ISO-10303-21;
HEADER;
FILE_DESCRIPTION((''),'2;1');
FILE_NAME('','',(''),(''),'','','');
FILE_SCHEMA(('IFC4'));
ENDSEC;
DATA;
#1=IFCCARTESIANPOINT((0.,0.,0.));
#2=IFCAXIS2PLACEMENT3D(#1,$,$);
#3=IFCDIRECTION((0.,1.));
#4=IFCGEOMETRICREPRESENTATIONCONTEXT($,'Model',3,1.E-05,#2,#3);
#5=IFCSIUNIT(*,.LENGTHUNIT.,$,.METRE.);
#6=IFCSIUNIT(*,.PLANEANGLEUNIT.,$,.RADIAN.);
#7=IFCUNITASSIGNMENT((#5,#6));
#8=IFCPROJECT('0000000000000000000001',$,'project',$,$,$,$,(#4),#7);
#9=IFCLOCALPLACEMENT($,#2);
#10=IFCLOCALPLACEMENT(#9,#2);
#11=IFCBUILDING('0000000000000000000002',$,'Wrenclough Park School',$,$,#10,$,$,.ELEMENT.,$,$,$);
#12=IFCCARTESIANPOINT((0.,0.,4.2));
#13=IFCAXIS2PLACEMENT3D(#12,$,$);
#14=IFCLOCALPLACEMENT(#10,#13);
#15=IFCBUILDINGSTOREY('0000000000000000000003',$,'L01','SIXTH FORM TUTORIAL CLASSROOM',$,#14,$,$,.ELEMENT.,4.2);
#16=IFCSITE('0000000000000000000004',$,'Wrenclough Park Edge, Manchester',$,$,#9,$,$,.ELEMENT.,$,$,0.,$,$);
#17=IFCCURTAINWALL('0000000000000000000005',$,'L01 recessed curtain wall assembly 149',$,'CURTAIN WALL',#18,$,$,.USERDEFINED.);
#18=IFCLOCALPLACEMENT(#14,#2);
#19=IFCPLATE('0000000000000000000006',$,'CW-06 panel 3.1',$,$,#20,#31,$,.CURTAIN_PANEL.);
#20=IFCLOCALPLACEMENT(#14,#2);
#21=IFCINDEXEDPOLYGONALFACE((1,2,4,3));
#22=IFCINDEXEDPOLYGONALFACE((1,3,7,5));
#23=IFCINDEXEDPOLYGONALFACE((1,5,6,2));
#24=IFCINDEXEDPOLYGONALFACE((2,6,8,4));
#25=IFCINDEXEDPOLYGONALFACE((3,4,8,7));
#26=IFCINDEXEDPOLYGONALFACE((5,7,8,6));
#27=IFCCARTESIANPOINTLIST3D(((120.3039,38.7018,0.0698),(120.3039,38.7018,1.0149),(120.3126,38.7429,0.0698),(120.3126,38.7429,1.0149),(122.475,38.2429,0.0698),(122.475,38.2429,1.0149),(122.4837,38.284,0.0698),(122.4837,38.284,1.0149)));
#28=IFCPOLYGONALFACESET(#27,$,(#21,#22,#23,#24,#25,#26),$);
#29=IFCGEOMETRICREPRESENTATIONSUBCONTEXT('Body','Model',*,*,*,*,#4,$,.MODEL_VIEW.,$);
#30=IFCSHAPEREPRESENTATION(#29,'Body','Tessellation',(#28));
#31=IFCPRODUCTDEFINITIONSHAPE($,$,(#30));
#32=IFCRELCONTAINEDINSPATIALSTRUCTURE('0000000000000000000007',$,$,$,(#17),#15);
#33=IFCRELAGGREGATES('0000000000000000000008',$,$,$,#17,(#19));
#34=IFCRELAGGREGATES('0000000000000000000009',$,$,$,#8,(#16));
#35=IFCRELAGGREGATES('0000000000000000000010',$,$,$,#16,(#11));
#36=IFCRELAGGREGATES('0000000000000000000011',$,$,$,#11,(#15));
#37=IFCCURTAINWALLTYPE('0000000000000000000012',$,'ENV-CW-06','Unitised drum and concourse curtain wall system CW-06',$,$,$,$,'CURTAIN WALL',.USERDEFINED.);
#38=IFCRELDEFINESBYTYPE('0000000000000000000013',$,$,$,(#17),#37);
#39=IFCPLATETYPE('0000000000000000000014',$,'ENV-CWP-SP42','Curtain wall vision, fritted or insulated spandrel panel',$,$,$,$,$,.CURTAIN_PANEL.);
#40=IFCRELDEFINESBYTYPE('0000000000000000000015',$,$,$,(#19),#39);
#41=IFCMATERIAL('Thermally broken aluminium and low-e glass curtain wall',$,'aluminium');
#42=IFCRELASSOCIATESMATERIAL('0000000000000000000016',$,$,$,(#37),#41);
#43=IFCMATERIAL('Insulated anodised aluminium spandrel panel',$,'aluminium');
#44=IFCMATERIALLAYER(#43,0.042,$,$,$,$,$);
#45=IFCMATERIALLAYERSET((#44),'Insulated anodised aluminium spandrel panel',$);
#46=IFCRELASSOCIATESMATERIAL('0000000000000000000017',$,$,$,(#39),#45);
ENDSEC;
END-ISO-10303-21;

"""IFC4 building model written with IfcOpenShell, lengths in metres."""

from ifc_helpers import new_model, si_unit, direction, frame, origin, origin_2d, place, context, subcontext, project, spatial, rectangle, extrude, material, layer, layer_set, type_object, element, aggregate, save


model = new_model("IFC4")

# Units and contexts
model_context = context("Model", 3, precision=1e-05, world=origin(), true_north=direction((0.0, 1.0)))
body_context = subcontext(model_context, "Body", "Model", "MODEL_VIEW")
ifc_project = project(units=[si_unit("LENGTHUNIT", "METRE"), si_unit("PLANEANGLEUNIT", "RADIAN")], contexts=[model_context])

# Site, building, storey
site_placement = place(None, origin())
site = spatial("IfcSite", under=ifc_project, at=site_placement, Name="Wrenclough Park Edge, Manchester", CompositionType="ELEMENT", RefElevation=0.0)
building_placement = place(site_placement, origin())
building = spatial("IfcBuilding", under=site, at=building_placement, Name="Wrenclough Park School", CompositionType="ELEMENT")
storey_placement = place(building_placement, frame((0.0, 0.0, 4.2)))
storey = spatial("IfcBuildingStorey", under=building, at=storey_placement, Name="L01", Description="SIXTH FORM TUTORIAL CLASSROOM", CompositionType="ELEMENT", Elevation=4.2)

# Shared definitions
ifc_material_1 = material(Name="Thermally broken aluminium and low-e glass curtain wall", Category="aluminium")

# Curtain wall
curtain_wall_type_1 = type_object("IfcCurtainWallType", Name="ENV-CW-06", Description="Unitised drum and concourse curtain wall system CW-06", ElementType="CURTAIN WALL", PredefinedType="USERDEFINED", material=ifc_material_1)
curtain_wall_1_placement = place(storey_placement, origin())
curtain_wall_1 = element("IfcCurtainWall", 1, at=curtain_wall_1_placement, inside=storey, type_object=curtain_wall_type_1, Name="L01 recessed curtain wall assembly 149", ObjectType="CURTAIN WALL", PredefinedType="USERDEFINED")

# Plate
ifc_material_2 = material(Name="Insulated anodised aluminium spandrel panel", Category="aluminium")
ifc_layer_1 = layer(ifc_material_2, 0.042)
ifc_layer_set_1 = layer_set([ifc_layer_1], Name="Insulated anodised aluminium spandrel panel")
plate_type_1 = type_object("IfcPlateType", Name="ENV-CWP-SP42", Description="Curtain wall vision, fritted or insulated spandrel panel", PredefinedType="CURTAIN_PANEL", material=ifc_layer_set_1)
plate_1_placement = place(storey_placement, frame((121.3938, 38.4929, 0.0698), z_axis=(0.0, 0.0, 1.0), x_axis=(0.978382, -0.206806, 0.0)))
plate_1 = element("IfcPlate", 2, at=plate_1_placement, type_object=plate_type_1, Name="CW-06 panel 3.1", PredefinedType="CURTAIN_PANEL", context=body_context, shape_type="SweptSolid", body=[
    extrude(rectangle(XDim=2.219, YDim=0.042, at=origin_2d()), origin(), (0.0, 0.0, 1.0), 0.9451),
])
aggregate(curtain_wall_1, [plate_1])

save(model, "model.ifc")
